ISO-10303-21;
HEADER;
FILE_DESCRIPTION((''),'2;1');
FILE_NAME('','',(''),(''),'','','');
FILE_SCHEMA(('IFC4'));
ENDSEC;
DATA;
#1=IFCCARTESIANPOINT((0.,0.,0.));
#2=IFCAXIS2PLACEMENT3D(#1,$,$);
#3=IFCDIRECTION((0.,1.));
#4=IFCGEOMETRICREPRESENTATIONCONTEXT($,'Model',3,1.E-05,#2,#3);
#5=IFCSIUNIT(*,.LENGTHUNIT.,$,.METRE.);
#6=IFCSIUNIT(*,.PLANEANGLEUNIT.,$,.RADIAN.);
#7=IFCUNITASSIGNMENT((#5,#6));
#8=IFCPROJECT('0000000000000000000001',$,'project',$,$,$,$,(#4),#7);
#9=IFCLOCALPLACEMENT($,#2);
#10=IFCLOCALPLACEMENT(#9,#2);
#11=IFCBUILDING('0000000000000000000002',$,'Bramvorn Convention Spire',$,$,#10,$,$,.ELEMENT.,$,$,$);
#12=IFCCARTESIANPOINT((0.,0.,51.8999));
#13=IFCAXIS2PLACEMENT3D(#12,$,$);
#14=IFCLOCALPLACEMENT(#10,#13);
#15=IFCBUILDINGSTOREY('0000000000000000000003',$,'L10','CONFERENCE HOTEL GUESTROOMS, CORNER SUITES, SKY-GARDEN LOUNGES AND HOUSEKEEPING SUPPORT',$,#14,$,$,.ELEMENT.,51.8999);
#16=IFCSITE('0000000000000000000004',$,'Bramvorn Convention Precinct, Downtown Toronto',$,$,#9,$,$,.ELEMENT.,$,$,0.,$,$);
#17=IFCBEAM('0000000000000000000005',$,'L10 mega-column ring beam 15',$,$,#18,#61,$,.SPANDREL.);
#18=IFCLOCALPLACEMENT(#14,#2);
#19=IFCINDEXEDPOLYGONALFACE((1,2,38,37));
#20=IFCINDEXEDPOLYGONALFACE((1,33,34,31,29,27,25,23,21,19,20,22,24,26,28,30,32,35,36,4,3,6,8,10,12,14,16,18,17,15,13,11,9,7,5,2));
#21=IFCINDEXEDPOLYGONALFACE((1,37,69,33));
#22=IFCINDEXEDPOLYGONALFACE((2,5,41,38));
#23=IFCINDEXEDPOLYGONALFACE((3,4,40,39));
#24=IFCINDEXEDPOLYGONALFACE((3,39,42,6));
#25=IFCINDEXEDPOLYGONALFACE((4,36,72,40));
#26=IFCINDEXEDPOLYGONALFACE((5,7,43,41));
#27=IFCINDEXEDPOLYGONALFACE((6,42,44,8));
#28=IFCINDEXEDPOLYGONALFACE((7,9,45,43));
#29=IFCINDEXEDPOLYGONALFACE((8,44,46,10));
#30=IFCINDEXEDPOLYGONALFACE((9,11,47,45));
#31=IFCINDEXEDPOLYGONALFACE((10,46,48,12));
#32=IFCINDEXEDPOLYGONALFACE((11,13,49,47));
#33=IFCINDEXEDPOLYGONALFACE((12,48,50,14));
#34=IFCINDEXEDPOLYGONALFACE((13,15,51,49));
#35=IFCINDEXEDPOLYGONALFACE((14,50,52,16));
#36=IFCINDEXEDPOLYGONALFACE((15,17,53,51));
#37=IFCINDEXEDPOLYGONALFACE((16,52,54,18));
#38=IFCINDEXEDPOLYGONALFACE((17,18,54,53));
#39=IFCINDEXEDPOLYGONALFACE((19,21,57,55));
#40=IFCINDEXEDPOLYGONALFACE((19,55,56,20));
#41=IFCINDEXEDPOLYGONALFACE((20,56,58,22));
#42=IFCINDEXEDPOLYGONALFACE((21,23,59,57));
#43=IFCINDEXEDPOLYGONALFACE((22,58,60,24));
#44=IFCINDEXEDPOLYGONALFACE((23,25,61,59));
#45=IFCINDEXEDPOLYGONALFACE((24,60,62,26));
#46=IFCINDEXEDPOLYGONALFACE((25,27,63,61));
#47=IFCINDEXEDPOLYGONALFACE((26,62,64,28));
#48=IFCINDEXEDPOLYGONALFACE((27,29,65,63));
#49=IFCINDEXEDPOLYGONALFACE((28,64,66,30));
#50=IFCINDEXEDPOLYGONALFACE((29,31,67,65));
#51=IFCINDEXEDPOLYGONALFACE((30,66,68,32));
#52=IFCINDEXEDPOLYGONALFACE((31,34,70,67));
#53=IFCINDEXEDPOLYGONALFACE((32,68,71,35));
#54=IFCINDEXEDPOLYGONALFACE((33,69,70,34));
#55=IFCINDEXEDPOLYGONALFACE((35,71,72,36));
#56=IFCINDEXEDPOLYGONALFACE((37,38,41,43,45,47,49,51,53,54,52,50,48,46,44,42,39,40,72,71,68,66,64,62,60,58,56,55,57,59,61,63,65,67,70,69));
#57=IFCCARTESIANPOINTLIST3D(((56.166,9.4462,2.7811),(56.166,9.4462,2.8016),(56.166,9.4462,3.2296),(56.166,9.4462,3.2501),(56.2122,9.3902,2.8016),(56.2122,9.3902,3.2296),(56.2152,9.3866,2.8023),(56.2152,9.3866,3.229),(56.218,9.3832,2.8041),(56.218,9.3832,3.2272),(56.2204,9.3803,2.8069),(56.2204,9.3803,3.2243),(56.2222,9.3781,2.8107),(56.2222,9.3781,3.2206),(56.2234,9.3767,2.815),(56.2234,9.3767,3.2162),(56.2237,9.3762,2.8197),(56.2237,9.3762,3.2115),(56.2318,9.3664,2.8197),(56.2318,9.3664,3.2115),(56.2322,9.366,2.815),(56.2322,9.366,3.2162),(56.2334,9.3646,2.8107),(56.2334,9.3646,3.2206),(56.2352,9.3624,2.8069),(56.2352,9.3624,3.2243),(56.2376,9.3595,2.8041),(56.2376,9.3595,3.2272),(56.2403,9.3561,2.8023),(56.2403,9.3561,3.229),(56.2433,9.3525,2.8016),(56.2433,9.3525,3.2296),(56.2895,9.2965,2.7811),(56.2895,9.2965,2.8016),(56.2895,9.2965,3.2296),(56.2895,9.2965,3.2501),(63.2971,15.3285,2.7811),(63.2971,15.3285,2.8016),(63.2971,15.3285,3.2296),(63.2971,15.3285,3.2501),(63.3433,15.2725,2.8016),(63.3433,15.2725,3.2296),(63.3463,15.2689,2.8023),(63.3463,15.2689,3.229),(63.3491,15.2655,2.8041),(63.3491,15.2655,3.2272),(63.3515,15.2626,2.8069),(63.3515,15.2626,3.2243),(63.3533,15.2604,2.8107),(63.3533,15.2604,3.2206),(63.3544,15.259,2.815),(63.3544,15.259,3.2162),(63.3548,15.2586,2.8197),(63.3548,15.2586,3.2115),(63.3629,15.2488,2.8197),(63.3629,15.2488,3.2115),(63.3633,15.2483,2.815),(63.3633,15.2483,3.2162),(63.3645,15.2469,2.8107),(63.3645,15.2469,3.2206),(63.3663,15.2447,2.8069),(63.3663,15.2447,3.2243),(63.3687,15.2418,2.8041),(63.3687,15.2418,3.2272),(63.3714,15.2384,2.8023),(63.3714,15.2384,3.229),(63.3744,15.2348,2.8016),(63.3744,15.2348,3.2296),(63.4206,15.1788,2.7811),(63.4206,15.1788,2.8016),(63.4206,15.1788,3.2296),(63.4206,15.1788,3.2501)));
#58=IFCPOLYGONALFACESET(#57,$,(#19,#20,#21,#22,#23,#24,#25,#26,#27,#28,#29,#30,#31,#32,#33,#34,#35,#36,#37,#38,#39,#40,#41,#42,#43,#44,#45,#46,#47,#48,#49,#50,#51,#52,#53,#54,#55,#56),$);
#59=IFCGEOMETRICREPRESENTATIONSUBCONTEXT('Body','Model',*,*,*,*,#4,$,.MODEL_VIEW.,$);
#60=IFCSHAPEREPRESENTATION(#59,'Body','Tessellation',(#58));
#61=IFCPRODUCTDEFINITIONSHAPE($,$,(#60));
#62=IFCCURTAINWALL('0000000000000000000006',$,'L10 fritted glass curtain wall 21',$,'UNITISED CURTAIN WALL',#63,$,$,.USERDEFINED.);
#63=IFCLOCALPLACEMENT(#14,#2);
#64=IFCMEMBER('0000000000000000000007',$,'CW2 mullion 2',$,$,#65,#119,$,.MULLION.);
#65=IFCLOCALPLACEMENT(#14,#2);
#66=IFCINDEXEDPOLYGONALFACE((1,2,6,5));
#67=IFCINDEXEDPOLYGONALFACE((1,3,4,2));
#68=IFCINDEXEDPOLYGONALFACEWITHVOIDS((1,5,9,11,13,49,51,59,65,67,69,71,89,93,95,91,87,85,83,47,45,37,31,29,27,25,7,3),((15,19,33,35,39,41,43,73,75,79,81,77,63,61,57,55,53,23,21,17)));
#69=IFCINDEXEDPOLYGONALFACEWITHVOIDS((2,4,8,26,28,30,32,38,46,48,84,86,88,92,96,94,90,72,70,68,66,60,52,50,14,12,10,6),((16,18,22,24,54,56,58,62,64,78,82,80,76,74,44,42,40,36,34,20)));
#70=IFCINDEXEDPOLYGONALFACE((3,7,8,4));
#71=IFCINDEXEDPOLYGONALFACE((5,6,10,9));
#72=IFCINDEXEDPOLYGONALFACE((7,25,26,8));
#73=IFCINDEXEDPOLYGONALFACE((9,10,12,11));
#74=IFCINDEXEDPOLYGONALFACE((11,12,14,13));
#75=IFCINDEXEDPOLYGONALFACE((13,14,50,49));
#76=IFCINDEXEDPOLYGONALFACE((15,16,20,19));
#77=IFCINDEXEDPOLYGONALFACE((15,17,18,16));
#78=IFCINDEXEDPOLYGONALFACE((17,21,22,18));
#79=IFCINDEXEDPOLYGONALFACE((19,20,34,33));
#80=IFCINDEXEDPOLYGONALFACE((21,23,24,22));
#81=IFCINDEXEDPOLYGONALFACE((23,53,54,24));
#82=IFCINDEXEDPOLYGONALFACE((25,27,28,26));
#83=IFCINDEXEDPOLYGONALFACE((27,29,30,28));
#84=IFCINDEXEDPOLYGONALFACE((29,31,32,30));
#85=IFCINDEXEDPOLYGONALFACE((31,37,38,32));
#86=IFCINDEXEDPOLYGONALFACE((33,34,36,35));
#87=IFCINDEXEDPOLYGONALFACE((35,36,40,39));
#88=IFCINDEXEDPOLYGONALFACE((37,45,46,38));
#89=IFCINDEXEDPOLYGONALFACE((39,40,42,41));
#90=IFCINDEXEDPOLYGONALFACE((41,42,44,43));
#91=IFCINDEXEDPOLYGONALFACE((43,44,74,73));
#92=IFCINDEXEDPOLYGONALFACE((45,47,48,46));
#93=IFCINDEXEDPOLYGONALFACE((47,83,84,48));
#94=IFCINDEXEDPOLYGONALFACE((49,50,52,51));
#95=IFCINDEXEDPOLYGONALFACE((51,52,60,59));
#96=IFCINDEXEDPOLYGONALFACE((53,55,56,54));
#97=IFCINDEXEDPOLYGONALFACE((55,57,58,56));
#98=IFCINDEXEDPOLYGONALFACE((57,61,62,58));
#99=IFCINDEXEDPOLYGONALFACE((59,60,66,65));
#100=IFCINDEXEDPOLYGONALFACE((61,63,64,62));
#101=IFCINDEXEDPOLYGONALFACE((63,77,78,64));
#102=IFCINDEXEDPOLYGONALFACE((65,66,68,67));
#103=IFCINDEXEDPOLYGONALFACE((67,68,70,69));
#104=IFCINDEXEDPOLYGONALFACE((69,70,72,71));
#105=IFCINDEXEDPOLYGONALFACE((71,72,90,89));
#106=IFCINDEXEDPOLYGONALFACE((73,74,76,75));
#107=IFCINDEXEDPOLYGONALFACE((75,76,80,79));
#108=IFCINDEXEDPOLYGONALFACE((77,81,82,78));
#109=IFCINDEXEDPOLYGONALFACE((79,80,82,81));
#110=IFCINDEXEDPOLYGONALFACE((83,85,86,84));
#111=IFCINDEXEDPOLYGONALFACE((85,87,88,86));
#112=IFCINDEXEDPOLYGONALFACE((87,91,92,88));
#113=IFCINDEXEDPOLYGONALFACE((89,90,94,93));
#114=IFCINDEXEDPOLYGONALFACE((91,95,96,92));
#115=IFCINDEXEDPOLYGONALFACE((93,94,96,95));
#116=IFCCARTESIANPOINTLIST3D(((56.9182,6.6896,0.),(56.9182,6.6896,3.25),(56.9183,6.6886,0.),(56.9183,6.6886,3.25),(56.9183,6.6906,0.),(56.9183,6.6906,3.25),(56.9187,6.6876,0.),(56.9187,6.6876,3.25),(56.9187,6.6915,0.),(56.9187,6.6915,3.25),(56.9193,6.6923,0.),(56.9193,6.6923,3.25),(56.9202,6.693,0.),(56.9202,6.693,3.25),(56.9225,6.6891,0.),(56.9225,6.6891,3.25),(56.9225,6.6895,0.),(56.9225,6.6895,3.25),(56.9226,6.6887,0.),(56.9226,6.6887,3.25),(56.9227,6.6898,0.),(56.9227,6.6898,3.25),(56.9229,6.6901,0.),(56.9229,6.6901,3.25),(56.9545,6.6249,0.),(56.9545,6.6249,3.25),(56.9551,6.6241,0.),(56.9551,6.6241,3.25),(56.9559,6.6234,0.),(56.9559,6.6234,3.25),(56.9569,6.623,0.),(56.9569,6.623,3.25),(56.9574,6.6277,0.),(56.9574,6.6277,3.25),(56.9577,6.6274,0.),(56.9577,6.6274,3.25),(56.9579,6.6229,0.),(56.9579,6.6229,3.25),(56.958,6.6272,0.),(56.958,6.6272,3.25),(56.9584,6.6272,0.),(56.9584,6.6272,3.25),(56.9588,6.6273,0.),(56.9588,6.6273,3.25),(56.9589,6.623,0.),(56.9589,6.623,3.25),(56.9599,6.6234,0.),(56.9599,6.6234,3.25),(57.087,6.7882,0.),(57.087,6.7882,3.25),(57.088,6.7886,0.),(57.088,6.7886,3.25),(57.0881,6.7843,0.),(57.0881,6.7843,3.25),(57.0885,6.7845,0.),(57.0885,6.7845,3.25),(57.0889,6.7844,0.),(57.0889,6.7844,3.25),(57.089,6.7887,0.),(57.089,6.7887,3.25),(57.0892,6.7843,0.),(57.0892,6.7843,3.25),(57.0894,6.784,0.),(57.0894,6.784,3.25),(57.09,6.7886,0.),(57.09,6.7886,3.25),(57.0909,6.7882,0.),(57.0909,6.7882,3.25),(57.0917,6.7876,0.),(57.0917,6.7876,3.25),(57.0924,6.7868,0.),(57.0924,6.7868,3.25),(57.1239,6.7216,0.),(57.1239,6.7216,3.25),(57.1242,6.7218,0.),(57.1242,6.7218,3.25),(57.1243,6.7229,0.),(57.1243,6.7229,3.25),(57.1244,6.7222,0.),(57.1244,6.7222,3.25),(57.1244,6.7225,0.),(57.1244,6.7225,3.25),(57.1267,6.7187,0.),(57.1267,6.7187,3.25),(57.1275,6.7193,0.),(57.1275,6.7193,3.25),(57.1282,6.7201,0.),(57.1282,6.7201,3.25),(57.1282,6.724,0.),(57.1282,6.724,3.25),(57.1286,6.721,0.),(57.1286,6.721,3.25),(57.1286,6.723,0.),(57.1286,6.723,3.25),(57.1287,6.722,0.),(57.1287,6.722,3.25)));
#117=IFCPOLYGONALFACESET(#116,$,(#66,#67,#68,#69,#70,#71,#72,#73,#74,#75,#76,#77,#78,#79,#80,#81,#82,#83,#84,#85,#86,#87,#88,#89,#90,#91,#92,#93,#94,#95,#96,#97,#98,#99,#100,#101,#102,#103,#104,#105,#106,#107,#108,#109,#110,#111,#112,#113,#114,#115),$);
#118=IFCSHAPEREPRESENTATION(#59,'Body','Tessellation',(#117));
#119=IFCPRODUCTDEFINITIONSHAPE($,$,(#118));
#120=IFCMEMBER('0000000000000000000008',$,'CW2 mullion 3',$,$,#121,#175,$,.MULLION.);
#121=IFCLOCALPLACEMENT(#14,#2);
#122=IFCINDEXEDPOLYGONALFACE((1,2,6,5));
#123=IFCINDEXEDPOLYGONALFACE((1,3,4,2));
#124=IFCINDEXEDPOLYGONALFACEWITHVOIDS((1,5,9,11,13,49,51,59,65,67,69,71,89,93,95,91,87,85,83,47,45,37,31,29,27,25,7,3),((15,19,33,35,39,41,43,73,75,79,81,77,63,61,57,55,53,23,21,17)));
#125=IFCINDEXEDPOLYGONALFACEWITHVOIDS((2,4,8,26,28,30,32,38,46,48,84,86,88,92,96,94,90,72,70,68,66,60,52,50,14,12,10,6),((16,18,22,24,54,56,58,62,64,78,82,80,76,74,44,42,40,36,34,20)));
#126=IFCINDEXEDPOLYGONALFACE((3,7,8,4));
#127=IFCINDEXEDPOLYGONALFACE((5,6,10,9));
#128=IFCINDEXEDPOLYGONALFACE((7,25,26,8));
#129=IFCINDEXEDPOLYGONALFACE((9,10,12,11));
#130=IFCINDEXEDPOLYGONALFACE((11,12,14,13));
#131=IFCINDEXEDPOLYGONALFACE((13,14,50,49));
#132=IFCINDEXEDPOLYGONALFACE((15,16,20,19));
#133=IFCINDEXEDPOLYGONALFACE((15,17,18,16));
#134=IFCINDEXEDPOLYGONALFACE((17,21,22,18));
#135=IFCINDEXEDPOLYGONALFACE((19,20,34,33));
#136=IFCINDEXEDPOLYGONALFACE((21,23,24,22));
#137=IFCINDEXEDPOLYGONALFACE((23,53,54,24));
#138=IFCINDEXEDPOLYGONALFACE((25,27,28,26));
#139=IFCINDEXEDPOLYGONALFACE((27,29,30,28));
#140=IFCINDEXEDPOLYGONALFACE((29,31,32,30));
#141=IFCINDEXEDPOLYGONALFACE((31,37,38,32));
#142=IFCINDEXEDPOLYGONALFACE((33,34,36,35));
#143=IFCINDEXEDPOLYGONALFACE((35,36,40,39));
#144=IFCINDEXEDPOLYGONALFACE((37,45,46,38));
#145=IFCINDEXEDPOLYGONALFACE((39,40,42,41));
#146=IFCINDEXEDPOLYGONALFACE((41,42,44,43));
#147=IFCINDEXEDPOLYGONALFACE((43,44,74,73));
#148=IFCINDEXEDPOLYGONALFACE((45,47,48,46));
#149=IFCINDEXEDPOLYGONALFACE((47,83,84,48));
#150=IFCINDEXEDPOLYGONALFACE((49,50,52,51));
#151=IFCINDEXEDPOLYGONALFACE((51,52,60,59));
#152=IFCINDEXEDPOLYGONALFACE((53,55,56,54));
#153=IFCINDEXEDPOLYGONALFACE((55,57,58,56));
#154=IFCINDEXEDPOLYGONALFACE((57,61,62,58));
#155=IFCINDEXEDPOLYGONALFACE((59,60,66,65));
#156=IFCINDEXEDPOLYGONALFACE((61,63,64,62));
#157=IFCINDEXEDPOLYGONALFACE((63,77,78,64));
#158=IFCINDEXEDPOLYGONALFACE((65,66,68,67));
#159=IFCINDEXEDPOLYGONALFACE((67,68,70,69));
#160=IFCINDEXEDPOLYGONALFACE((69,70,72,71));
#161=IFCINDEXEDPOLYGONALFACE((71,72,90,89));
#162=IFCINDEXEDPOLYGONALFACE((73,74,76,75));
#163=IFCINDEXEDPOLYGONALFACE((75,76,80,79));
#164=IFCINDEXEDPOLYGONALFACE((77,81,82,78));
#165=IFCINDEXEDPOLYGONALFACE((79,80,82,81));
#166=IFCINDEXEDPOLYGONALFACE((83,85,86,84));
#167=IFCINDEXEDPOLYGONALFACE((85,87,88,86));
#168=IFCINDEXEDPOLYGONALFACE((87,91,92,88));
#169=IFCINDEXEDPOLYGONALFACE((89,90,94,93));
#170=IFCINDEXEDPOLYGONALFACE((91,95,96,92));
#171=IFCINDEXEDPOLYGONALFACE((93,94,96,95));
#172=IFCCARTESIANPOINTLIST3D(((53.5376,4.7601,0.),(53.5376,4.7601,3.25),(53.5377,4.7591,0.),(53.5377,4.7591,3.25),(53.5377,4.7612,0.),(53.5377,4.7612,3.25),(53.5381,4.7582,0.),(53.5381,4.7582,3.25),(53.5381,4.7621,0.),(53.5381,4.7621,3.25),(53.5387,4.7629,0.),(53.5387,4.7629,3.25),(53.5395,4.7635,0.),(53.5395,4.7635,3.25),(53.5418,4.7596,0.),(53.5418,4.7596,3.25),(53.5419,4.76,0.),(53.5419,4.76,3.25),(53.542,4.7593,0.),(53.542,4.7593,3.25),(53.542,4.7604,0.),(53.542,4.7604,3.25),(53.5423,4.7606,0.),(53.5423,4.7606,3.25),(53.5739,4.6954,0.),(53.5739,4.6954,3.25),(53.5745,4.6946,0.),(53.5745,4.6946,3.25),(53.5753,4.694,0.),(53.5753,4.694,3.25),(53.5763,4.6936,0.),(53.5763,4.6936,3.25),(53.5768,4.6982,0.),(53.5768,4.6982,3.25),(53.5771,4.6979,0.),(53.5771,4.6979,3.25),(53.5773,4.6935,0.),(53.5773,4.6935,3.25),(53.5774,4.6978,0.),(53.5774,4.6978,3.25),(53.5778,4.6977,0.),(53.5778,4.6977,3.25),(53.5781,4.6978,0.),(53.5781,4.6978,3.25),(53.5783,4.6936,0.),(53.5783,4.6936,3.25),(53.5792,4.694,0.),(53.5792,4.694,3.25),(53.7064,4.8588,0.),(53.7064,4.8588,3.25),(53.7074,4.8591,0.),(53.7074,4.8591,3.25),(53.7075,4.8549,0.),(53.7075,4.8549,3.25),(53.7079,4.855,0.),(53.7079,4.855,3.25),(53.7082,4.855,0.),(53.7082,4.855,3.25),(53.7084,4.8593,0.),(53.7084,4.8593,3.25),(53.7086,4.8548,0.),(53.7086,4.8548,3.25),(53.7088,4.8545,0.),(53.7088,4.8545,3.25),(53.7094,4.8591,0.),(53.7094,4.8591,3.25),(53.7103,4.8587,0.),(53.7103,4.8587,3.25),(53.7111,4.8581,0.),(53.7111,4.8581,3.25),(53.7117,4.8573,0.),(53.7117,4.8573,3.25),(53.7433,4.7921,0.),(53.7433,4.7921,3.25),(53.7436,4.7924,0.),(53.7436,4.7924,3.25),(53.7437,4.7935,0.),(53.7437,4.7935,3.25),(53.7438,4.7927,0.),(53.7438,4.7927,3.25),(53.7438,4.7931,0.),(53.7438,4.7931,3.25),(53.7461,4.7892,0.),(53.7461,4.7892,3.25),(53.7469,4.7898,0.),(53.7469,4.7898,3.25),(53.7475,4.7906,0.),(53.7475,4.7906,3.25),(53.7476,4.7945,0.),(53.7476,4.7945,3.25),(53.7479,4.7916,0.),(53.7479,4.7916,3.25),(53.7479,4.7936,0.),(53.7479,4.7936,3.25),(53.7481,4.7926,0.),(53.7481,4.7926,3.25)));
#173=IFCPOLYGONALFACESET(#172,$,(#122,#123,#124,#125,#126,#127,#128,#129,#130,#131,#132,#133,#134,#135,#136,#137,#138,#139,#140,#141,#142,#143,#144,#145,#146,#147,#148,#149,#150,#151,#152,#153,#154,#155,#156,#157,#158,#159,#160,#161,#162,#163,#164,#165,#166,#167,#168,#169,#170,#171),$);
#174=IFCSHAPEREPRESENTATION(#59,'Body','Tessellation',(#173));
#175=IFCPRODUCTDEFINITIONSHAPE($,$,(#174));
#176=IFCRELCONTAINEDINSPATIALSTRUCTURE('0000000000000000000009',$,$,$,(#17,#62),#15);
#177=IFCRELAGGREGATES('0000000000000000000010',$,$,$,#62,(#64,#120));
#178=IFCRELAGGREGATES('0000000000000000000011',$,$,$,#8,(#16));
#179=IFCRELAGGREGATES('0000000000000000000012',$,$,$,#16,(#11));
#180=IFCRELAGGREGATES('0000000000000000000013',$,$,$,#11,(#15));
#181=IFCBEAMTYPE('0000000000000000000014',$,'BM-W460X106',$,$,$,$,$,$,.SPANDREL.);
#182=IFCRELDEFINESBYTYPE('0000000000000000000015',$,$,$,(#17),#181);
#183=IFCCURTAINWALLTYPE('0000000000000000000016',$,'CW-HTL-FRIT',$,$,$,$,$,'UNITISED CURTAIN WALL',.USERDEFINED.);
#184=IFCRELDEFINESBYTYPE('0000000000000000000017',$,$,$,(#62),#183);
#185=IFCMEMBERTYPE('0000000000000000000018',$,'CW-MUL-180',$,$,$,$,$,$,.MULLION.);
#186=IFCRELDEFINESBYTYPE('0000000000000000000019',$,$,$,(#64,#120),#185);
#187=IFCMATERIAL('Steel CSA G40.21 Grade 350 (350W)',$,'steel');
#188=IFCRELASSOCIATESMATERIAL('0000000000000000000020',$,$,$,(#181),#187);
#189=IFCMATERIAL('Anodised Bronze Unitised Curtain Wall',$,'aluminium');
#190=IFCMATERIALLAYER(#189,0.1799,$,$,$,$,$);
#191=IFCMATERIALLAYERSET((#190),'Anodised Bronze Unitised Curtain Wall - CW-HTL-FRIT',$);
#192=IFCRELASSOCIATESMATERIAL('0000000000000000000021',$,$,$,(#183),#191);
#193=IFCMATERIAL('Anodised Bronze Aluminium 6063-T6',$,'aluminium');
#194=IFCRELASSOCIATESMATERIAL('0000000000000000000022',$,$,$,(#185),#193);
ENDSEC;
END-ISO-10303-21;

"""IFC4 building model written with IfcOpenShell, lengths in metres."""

from ifc_helpers import new_model, si_unit, direction, frame, origin, origin_2d, place, context, subcontext, project, spatial, hollow_rectangle, i_section, extrude, material, layer, layer_set, material_profile, profile_set, type_object, element, aggregate, save


model = new_model("IFC4")

# Units and contexts
model_context = context("Model", 3, precision=1e-05, world=origin(), true_north=direction((0.0, 1.0)))
body_context = subcontext(model_context, "Body", "Model", "MODEL_VIEW")
ifc_project = project(units=[si_unit("LENGTHUNIT", "METRE"), si_unit("PLANEANGLEUNIT", "RADIAN")], contexts=[model_context])

# Site, building, storey
site_placement = place(None, origin())
site = spatial("IfcSite", under=ifc_project, at=site_placement, Name="Bramvorn Convention Precinct, Downtown Toronto", CompositionType="ELEMENT", RefElevation=0.0)
building_placement = place(site_placement, origin())
building = spatial("IfcBuilding", under=site, at=building_placement, Name="Bramvorn Convention Spire", CompositionType="ELEMENT")
storey_placement = place(building_placement, frame((0.0, 0.0, 51.8999)))
storey = spatial("IfcBuildingStorey", under=building, at=storey_placement, Name="L10", Description="CONFERENCE HOTEL GUESTROOMS, CORNER SUITES, SKY-GARDEN LOUNGES AND HOUSEKEEPING SUPPORT", CompositionType="ELEMENT", Elevation=51.8999)

# Shared definitions
ifc_material_1 = material(Name="Steel CSA G40.21 Grade 350 (350W)", Category="steel")

# Beam
ifc_material_profile_1 = material_profile(ifc_material_1, i_section(OverallWidth=0.1941, OverallDepth=0.469, WebThickness=0.0127, FlangeThickness=0.0205, FilletRadius=0.0181, at=origin_2d()))
ifc_profile_set_1 = profile_set([ifc_material_profile_1], Name="Steel CSA G40.21 Grade 350 (350W) - W460X106")
beam_type_1 = type_object("IfcBeamType", Name="BM-W460X106", PredefinedType="SPANDREL", material=ifc_profile_set_1)
beam_1_placement = place(storey_placement, frame((56.2278, 9.3713, 3.0156), z_axis=(0.771418, 0.636329, 0.0), x_axis=(-0.636329, 0.771418, 0.0)))
element("IfcBeam", 1, at=beam_1_placement, inside=storey, type_object=beam_type_1, Name="L10 mega-column ring beam 15", PredefinedType="SPANDREL", context=body_context, shape_type="SweptSolid", body=[
    extrude(i_section(OverallWidth=0.1941, OverallDepth=0.469, WebThickness=0.0127, FlangeThickness=0.0205, FilletRadius=0.0181, at=origin_2d()), origin(), (0.0, 0.0, 1.0), 9.2441),
])

# Curtain wall, members
ifc_material_2 = material(Name="Anodised Bronze Unitised Curtain Wall", Category="aluminium")
ifc_layer_1 = layer(ifc_material_2, 0.1799)
ifc_layer_set_1 = layer_set([ifc_layer_1], Name="Anodised Bronze Unitised Curtain Wall - CW-HTL-FRIT")
curtain_wall_type = type_object("IfcCurtainWallType", Name="CW-HTL-FRIT", ElementType="UNITISED CURTAIN WALL", PredefinedType="USERDEFINED", material=ifc_layer_set_1)
curtain_wall_placement = place(storey_placement, origin())
curtain_wall = element("IfcCurtainWall", 2, at=curtain_wall_placement, inside=storey, type_object=curtain_wall_type, Name="L10 fritted glass curtain wall 21", ObjectType="UNITISED CURTAIN WALL", PredefinedType="USERDEFINED")
ifc_material_3 = material(Name="Anodised Bronze Aluminium 6063-T6", Category="aluminium")
ifc_material_profile_2 = material_profile(ifc_material_3, hollow_rectangle(XDim=0.0801, YDim=0.2, WallThickness=0.0039, InnerFilletRadius=0.001, OuterFilletRadius=0.0039, at=origin_2d()))
ifc_profile_set_2 = profile_set([ifc_material_profile_2], Name="Anodised Bronze Aluminium 6063-T6 - CWM80X200")
member_type_1 = type_object("IfcMemberType", Name="CW-MUL-180", PredefinedType="MULLION", material=ifc_profile_set_2)
member_1_placement = place(storey_placement, frame((57.0234, 6.7058, 0.0), z_axis=(0.0, 0.0, 1.0), x_axis=(0.495726, -0.868479, 0.0)))
member_1 = element("IfcMember", 3, at=member_1_placement, type_object=member_type_1, Name="CW2 mullion 2", PredefinedType="MULLION", context=body_context, shape_type="SweptSolid", body=[
    extrude(hollow_rectangle(XDim=0.0801, YDim=0.2, WallThickness=0.0039, InnerFilletRadius=0.001, OuterFilletRadius=0.0039, at=origin_2d()), origin(), (0.0, 0.0, 1.0), 3.25),
])
member_2_placement = place(storey_placement, frame((53.6428, 4.7764, 0.0), z_axis=(0.0, 0.0, 1.0), x_axis=(0.495726, -0.868479, 0.0)))
member_2 = element("IfcMember", 4, at=member_2_placement, type_object=member_type_1, Name="CW2 mullion 3", PredefinedType="MULLION", context=body_context, shape_type="SweptSolid", body=[
    extrude(hollow_rectangle(XDim=0.0801, YDim=0.2, WallThickness=0.0039, InnerFilletRadius=0.001, OuterFilletRadius=0.0039, at=origin_2d()), origin(), (0.0, 0.0, 1.0), 3.25),
])
aggregate(curtain_wall, [member_1, member_2])

save(model, "model.ifc")
